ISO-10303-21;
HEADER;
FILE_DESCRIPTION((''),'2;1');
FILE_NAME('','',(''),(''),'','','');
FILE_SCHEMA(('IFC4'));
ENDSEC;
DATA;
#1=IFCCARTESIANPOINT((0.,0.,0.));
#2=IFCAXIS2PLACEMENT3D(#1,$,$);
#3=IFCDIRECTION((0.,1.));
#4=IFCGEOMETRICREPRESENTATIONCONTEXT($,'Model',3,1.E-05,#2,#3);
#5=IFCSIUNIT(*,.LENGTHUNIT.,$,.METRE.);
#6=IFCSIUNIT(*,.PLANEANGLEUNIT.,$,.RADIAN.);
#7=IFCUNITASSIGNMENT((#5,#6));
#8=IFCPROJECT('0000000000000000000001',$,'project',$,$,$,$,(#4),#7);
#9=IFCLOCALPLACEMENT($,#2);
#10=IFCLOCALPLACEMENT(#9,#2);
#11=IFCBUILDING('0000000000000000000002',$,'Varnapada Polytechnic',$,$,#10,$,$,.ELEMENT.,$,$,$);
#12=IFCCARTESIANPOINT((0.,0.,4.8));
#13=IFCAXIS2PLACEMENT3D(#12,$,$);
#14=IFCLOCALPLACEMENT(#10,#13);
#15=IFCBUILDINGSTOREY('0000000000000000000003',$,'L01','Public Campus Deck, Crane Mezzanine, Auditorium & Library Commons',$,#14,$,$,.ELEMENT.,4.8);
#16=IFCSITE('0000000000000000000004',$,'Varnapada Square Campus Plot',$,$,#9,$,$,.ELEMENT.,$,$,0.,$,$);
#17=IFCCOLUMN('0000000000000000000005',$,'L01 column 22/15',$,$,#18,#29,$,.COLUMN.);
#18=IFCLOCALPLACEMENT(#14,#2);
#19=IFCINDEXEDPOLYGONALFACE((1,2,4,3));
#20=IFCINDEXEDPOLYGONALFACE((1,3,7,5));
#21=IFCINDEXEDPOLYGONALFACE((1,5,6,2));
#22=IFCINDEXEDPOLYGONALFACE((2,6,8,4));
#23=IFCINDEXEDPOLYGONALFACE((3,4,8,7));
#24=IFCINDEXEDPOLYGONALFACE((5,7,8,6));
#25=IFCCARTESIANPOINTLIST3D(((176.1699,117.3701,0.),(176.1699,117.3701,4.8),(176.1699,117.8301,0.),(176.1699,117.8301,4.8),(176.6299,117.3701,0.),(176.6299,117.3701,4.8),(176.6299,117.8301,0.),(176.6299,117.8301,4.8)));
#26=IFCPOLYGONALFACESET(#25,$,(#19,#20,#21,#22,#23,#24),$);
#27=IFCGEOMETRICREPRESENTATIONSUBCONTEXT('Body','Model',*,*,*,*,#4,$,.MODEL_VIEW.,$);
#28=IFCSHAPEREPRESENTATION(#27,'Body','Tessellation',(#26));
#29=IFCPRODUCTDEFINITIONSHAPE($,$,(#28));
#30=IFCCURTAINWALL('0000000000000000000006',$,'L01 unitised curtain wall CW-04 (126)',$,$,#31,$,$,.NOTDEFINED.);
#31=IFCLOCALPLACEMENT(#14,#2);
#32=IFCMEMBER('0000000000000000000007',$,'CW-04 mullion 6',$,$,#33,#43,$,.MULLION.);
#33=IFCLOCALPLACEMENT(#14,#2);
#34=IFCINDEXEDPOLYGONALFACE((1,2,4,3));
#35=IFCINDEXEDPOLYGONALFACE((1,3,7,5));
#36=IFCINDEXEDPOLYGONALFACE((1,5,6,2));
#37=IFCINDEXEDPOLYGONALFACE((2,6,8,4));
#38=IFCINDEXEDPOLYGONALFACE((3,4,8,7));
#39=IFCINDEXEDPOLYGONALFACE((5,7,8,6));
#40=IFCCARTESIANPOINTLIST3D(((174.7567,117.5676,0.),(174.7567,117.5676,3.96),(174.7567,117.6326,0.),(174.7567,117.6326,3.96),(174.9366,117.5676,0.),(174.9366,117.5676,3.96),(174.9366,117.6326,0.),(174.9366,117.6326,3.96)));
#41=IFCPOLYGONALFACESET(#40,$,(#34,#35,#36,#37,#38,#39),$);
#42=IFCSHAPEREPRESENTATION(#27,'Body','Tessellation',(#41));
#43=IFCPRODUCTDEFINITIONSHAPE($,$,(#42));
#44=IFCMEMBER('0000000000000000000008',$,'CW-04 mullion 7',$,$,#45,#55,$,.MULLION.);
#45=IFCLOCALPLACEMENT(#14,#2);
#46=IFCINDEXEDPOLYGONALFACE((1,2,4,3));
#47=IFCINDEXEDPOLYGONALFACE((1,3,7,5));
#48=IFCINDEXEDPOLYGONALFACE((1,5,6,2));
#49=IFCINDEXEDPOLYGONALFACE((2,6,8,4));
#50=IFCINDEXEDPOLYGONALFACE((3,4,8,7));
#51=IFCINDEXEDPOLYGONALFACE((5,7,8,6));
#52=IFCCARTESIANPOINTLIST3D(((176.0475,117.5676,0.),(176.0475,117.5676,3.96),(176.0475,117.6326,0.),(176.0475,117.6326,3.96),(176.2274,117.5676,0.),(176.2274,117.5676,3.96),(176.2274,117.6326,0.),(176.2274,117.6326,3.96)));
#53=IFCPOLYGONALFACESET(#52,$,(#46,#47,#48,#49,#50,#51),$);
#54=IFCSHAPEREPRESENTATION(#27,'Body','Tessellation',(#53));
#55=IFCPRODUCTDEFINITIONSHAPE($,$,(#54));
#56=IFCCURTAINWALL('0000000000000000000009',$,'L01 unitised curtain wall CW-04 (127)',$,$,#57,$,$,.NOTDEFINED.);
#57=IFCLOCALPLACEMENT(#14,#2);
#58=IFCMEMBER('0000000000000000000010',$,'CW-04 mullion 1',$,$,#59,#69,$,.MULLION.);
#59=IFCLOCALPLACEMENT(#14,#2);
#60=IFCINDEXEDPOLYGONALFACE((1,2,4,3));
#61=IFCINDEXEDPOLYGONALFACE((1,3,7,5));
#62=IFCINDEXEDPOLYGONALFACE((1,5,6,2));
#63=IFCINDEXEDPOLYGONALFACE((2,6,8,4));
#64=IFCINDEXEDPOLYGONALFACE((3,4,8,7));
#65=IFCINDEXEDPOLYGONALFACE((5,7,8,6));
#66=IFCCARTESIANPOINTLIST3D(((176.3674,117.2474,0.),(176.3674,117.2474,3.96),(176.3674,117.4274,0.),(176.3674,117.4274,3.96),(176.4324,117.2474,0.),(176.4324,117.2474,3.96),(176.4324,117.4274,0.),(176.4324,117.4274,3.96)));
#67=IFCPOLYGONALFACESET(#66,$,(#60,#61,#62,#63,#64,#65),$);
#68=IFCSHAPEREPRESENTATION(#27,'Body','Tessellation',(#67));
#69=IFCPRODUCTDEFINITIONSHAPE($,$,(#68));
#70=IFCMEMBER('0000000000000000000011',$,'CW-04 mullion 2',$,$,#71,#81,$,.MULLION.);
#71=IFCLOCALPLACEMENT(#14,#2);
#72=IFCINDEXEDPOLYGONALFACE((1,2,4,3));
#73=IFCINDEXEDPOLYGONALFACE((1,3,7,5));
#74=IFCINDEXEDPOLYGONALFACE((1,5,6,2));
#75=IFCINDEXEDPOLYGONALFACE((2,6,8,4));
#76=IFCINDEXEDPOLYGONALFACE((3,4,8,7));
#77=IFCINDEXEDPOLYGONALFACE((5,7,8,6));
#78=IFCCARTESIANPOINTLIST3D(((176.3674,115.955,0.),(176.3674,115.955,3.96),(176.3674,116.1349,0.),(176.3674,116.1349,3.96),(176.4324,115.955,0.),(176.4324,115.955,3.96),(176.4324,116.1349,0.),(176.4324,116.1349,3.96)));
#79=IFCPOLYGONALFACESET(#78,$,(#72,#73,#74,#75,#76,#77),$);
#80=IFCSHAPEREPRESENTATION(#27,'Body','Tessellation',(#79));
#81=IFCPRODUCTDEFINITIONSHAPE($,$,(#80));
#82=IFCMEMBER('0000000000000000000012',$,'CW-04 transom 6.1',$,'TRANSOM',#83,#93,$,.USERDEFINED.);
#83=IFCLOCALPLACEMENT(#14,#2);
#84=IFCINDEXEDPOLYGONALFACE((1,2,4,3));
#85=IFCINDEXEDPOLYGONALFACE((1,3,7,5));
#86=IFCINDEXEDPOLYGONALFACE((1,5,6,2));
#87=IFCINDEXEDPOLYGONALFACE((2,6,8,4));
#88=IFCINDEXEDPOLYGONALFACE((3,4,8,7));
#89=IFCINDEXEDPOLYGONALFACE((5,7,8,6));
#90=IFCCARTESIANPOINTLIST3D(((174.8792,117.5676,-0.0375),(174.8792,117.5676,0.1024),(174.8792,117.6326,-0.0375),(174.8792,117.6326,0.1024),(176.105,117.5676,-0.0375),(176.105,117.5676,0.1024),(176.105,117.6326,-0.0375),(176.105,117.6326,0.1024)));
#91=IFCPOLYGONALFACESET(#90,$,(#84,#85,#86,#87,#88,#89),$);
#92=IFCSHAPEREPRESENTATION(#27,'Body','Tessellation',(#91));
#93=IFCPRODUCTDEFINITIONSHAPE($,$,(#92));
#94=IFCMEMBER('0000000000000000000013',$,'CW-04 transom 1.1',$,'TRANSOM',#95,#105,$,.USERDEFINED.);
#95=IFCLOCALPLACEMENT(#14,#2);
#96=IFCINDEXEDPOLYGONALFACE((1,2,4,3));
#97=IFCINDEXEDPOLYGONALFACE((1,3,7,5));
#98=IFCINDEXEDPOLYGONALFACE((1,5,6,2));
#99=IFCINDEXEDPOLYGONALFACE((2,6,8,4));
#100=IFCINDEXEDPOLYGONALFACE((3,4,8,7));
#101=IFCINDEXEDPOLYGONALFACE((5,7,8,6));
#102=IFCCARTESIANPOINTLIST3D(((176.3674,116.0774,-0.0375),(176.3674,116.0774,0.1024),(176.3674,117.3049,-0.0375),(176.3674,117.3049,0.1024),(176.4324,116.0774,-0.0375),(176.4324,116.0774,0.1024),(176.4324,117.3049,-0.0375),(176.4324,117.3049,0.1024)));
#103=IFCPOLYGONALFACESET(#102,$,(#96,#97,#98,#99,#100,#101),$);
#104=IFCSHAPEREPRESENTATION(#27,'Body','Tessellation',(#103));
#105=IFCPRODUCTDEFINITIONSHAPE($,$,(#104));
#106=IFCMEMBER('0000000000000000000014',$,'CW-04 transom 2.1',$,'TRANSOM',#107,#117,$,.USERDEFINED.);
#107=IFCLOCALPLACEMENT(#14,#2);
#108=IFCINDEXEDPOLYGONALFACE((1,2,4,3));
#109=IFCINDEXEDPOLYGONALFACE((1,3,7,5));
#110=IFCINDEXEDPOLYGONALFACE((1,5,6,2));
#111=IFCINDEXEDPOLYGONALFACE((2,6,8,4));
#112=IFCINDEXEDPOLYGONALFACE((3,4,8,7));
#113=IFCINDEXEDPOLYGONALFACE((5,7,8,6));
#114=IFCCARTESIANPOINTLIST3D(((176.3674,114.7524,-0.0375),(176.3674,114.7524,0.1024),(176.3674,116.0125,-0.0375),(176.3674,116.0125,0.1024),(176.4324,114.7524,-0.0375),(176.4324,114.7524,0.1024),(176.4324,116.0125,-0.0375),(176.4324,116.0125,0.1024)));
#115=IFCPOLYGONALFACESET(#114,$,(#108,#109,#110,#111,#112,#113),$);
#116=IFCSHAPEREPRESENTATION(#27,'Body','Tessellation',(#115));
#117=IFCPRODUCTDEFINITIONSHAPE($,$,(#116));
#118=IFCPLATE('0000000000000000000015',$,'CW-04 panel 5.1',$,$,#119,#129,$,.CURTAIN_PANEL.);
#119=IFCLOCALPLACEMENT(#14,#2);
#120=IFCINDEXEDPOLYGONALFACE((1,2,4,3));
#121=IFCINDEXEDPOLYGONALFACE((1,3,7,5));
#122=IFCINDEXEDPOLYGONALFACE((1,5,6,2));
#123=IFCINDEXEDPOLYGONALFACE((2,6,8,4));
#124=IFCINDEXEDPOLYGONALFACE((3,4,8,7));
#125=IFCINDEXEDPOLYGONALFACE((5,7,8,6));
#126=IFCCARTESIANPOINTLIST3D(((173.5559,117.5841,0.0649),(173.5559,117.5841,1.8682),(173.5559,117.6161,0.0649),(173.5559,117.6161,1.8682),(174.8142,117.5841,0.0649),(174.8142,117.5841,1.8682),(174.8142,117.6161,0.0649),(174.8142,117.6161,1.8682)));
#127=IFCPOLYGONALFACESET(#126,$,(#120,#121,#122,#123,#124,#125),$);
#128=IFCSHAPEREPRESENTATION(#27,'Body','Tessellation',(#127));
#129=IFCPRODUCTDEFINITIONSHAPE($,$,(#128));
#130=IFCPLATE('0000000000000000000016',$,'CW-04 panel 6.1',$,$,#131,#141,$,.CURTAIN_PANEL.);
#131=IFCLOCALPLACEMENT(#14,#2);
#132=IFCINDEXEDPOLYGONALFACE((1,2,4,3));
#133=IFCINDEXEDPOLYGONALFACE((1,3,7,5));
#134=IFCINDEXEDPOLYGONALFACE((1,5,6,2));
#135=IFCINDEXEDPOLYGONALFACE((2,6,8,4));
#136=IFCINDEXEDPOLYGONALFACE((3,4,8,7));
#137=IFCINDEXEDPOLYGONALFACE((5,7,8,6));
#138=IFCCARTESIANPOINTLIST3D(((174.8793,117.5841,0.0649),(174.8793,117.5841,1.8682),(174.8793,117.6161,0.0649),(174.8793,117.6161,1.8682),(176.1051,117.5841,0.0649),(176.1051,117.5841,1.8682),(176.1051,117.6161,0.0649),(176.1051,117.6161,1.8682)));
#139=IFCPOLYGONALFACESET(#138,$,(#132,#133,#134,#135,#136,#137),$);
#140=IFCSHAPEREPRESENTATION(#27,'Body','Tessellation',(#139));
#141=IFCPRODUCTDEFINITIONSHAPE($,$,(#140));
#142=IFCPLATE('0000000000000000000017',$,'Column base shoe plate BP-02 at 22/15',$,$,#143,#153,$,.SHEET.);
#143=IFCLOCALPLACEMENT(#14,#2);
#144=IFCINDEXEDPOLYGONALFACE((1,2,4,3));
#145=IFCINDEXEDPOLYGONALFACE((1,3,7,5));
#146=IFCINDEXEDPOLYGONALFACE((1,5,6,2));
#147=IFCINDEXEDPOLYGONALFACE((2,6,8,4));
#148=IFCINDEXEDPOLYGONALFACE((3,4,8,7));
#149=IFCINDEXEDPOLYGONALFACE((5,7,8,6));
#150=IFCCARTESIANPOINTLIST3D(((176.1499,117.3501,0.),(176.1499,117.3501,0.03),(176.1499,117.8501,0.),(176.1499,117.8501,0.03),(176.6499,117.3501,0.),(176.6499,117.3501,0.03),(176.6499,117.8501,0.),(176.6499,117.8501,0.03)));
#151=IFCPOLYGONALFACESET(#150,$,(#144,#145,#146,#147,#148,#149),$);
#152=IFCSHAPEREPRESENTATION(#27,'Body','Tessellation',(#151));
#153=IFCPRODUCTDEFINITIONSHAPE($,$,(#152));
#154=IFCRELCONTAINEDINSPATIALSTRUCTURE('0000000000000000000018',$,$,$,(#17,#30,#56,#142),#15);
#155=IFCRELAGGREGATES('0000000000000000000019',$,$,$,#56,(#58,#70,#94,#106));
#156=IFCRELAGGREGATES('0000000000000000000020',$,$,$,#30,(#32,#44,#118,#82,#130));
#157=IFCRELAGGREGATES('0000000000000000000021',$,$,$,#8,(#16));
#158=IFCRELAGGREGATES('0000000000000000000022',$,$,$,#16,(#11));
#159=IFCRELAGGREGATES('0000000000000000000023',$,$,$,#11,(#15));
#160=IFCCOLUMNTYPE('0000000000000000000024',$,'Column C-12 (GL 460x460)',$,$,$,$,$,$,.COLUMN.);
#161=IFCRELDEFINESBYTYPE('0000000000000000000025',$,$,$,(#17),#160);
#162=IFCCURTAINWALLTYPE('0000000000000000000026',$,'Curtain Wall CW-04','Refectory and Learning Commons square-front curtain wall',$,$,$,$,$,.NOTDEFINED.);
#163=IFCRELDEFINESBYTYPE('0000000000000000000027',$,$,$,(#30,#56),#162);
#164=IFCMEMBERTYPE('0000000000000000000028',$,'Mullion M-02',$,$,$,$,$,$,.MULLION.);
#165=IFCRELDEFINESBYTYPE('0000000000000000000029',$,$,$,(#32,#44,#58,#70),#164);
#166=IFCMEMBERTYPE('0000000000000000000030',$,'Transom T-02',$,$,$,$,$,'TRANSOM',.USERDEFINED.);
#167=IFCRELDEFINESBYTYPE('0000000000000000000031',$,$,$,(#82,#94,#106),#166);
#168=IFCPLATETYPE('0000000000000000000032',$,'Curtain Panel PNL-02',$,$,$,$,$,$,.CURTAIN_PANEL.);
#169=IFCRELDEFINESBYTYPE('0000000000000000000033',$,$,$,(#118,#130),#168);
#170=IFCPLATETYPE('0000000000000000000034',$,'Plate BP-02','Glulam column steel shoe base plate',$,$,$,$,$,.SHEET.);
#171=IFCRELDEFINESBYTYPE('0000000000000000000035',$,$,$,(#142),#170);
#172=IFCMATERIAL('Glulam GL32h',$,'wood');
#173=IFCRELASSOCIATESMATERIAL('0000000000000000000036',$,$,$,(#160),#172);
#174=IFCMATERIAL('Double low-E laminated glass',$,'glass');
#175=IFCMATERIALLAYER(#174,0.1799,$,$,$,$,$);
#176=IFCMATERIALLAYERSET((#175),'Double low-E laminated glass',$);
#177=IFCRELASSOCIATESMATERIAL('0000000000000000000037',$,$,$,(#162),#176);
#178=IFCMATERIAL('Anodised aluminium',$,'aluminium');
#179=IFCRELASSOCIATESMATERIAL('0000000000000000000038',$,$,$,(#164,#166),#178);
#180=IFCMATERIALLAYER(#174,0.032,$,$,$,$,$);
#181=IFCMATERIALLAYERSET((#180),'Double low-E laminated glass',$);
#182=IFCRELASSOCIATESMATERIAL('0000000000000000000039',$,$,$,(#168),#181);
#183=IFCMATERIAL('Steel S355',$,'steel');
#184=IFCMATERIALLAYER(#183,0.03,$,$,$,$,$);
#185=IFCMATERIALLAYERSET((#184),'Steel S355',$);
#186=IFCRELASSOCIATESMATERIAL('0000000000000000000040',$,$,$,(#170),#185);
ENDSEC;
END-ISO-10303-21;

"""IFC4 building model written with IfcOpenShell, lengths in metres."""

from ifc_helpers import new_model, si_unit, direction, frame, origin, origin_2d, place, context, subcontext, project, spatial, rectangle, extrude, material, layer, layer_set, material_profile, profile_set, type_object, element, aggregate, save


model = new_model("IFC4")

# Units and contexts
model_context = context("Model", 3, precision=1e-05, world=origin(), true_north=direction((0.0, 1.0)))
body_context = subcontext(model_context, "Body", "Model", "MODEL_VIEW")
ifc_project = project(units=[si_unit("LENGTHUNIT", "METRE"), si_unit("PLANEANGLEUNIT", "RADIAN")], contexts=[model_context])

# Site, building, storey
site_placement = place(None, origin())
site = spatial("IfcSite", under=ifc_project, at=site_placement, Name="Varnapada Square Campus Plot", CompositionType="ELEMENT", RefElevation=0.0)
building_placement = place(site_placement, origin())
building = spatial("IfcBuilding", under=site, at=building_placement, Name="Varnapada Polytechnic", CompositionType="ELEMENT")
storey_placement = place(building_placement, frame((0.0, 0.0, 4.8)))
storey = spatial("IfcBuildingStorey", under=building, at=storey_placement, Name="L01", Description="Public Campus Deck, Crane Mezzanine, Auditorium & Library Commons", CompositionType="ELEMENT", Elevation=4.8)

# Column
ifc_material_1 = material(Name="Glulam GL32h", Category="wood")
ifc_material_profile_1 = material_profile(ifc_material_1, rectangle(XDim=0.46, YDim=0.46, at=origin_2d()), Name="GL 460x460")
ifc_profile_set_1 = profile_set([ifc_material_profile_1], Name="Glulam GL32h")
column_type = type_object("IfcColumnType", Name="Column C-12 (GL 460x460)", PredefinedType="COLUMN", material=ifc_profile_set_1)
column_placement = place(storey_placement, frame((176.3999, 117.6001, 0.0), z_axis=(0.0, 0.0, 1.0), x_axis=(1.0, 0.0, 0.0)))
element("IfcColumn", 1, at=column_placement, inside=storey, type_object=column_type, Name="L01 column 22/15", PredefinedType="COLUMN", context=body_context, shape_type="SweptSolid", body=[
    extrude(rectangle(XDim=0.46, YDim=0.46, at=origin_2d()), origin(), (0.0, 0.0, 1.0), 4.8),
])

# Curtain walls, members
ifc_material_2 = material(Name="Double low-E laminated glass", Category="glass")
ifc_layer_1 = layer(ifc_material_2, 0.1799)
ifc_layer_set_1 = layer_set([ifc_layer_1], Name="Double low-E laminated glass")
curtain_wall_type = type_object("IfcCurtainWallType", Name="Curtain Wall CW-04", Description="Refectory and Learning Commons square-front curtain wall", PredefinedType="NOTDEFINED", material=ifc_layer_set_1)
curtain_wall_1_placement = place(storey_placement, origin())
curtain_wall_1 = element("IfcCurtainWall", 2, at=curtain_wall_1_placement, inside=storey, type_object=curtain_wall_type, Name="L01 unitised curtain wall CW-04 (126)", PredefinedType="NOTDEFINED")
ifc_material_3 = material(Name="Anodised aluminium", Category="aluminium")
ifc_material_profile_2 = material_profile(ifc_material_3, rectangle(XDim=0.0649, YDim=0.1799, at=origin_2d()), Name="ALU M65x180")
ifc_profile_set_2 = profile_set([ifc_material_profile_2], Name="Anodised aluminium")
member_type_1 = type_object("IfcMemberType", Name="Mullion M-02", PredefinedType="MULLION", material=ifc_profile_set_2)
member_1_placement = place(storey_placement, frame((174.8467, 117.6001, 0.0), z_axis=(0.0, 0.0, 1.0), x_axis=(0.0, 1.0, 0.0)))
member_1 = element("IfcMember", 3, at=member_1_placement, type_object=member_type_1, Name="CW-04 mullion 6", PredefinedType="MULLION", context=body_context, shape_type="SweptSolid", body=[
    extrude(rectangle(XDim=0.0649, YDim=0.1799, at=origin_2d()), origin(), (0.0, 0.0, 1.0), 3.96),
])
member_2_placement = place(storey_placement, frame((176.1375, 117.6001, 0.0), z_axis=(0.0, 0.0, 1.0), x_axis=(0.0, 1.0, 0.0)))
member_2 = element("IfcMember", 4, at=member_2_placement, type_object=member_type_1, Name="CW-04 mullion 7", PredefinedType="MULLION", context=body_context, shape_type="SweptSolid", body=[
    extrude(rectangle(XDim=0.0649, YDim=0.1799, at=origin_2d()), origin(), (0.0, 0.0, 1.0), 3.96),
])
curtain_wall_2_placement = place(storey_placement, origin())
curtain_wall_2 = element("IfcCurtainWall", 5, at=curtain_wall_2_placement, inside=storey, type_object=curtain_wall_type, Name="L01 unitised curtain wall CW-04 (127)", PredefinedType="NOTDEFINED")
member_3_placement = place(storey_placement, frame((176.3999, 117.3374, 0.0), z_axis=(0.0, 0.0, 1.0), x_axis=(1.0, 0.0, 0.0)))
member_3 = element("IfcMember", 6, at=member_3_placement, type_object=member_type_1, Name="CW-04 mullion 1", PredefinedType="MULLION", context=body_context, shape_type="SweptSolid", body=[
    extrude(rectangle(XDim=0.0649, YDim=0.1799, at=origin_2d()), origin(), (0.0, 0.0, 1.0), 3.96),
])
member_4_placement = place(storey_placement, frame((176.3999, 116.0449, 0.0), z_axis=(0.0, 0.0, 1.0), x_axis=(1.0, 0.0, 0.0)))
member_4 = element("IfcMember", 7, at=member_4_placement, type_object=member_type_1, Name="CW-04 mullion 2", PredefinedType="MULLION", context=body_context, shape_type="SweptSolid", body=[
    extrude(rectangle(XDim=0.0649, YDim=0.1799, at=origin_2d()), origin(), (0.0, 0.0, 1.0), 3.96),
])

# Members
ifc_material_profile_3 = material_profile(ifc_material_3, rectangle(XDim=0.0649, YDim=0.1399, at=origin_2d()), Name="ALU T65x140")
ifc_profile_set_3 = profile_set([ifc_material_profile_3], Name="Anodised aluminium")
member_type_2 = type_object("IfcMemberType", Name="Transom T-02", ElementType="TRANSOM", PredefinedType="USERDEFINED", material=ifc_profile_set_3)
member_5_placement = place(storey_placement, frame((174.8792, 117.6001, 0.0325), z_axis=(1.0, 0.0, 0.0), x_axis=(0.0, 1.0, 0.0)))
member_5 = element("IfcMember", 8, at=member_5_placement, type_object=member_type_2, Name="CW-04 transom 6.1", ObjectType="TRANSOM", PredefinedType="USERDEFINED", context=body_context, shape_type="SweptSolid", body=[
    extrude(rectangle(XDim=0.0649, YDim=0.1399, at=origin_2d()), origin(), (0.0, 0.0, 1.0), 1.2258),
])
member_6_placement = place(storey_placement, frame((176.3999, 117.3049, 0.0325), z_axis=(0.0, -1.0, 0.0), x_axis=(1.0, 0.0, 0.0)))
member_6 = element("IfcMember", 9, at=member_6_placement, type_object=member_type_2, Name="CW-04 transom 1.1", ObjectType="TRANSOM", PredefinedType="USERDEFINED", context=body_context, shape_type="SweptSolid", body=[
    extrude(rectangle(XDim=0.0649, YDim=0.1399, at=origin_2d()), origin(), (0.0, 0.0, 1.0), 1.2275),
])
member_7_placement = place(storey_placement, frame((176.3999, 116.0125, 0.0325), z_axis=(0.0, -1.0, 0.0), x_axis=(1.0, 0.0, 0.0)))
member_7 = element("IfcMember", 10, at=member_7_placement, type_object=member_type_2, Name="CW-04 transom 2.1", ObjectType="TRANSOM", PredefinedType="USERDEFINED", context=body_context, shape_type="SweptSolid", body=[
    extrude(rectangle(XDim=0.0649, YDim=0.1399, at=origin_2d()), origin(), (0.0, 0.0, 1.0), 1.26),
])
aggregate(curtain_wall_2, [member_3, member_4, member_6, member_7])

# Plates
ifc_layer_2 = layer(ifc_material_2, 0.032)
ifc_layer_set_2 = layer_set([ifc_layer_2], Name="Double low-E laminated glass")
plate_type_1 = type_object("IfcPlateType", Name="Curtain Panel PNL-02", PredefinedType="CURTAIN_PANEL", material=ifc_layer_set_2)
plate_1_placement = place(storey_placement, frame((174.1851, 117.6001, 0.0649), z_axis=(0.0, 0.0, 1.0), x_axis=(1.0, 0.0, 0.0)))
plate_1 = element("IfcPlate", 11, at=plate_1_placement, type_object=plate_type_1, Name="CW-04 panel 5.1", PredefinedType="CURTAIN_PANEL", context=body_context, shape_type="SweptSolid", body=[
    extrude(rectangle(XDim=1.2583, YDim=0.032, at=origin_2d()), origin(), (0.0, 0.0, 1.0), 1.8032),
])
plate_2_placement = place(storey_placement, frame((175.4922, 117.6001, 0.0649), z_axis=(0.0, 0.0, 1.0), x_axis=(1.0, 0.0, 0.0)))
plate_2 = element("IfcPlate", 12, at=plate_2_placement, type_object=plate_type_1, Name="CW-04 panel 6.1", PredefinedType="CURTAIN_PANEL", context=body_context, shape_type="SweptSolid", body=[
    extrude(rectangle(XDim=1.2258, YDim=0.032, at=origin_2d()), origin(), (0.0, 0.0, 1.0), 1.8032),
])
aggregate(curtain_wall_1, [member_1, member_2, plate_1, member_5, plate_2])
ifc_material_4 = material(Name="Steel S355", Category="steel")
ifc_layer_3 = layer(ifc_material_4, 0.03)
ifc_layer_set_3 = layer_set([ifc_layer_3], Name="Steel S355")
plate_type_2 = type_object("IfcPlateType", Name="Plate BP-02", Description="Glulam column steel shoe base plate", PredefinedType="SHEET", material=ifc_layer_set_3)
plate_3_placement = place(storey_placement, frame((176.3999, 117.6001, 0.0), z_axis=(0.0, 0.0, 1.0), x_axis=(1.0, 0.0, 0.0)))
element("IfcPlate", 13, at=plate_3_placement, inside=storey, type_object=plate_type_2, Name="Column base shoe plate BP-02 at 22/15", PredefinedType="SHEET", context=body_context, shape_type="SweptSolid", body=[
    extrude(rectangle(XDim=0.5, YDim=0.5, at=origin_2d()), origin(), (0.0, 0.0, 1.0), 0.03),
])

save(model, "model.ifc")
